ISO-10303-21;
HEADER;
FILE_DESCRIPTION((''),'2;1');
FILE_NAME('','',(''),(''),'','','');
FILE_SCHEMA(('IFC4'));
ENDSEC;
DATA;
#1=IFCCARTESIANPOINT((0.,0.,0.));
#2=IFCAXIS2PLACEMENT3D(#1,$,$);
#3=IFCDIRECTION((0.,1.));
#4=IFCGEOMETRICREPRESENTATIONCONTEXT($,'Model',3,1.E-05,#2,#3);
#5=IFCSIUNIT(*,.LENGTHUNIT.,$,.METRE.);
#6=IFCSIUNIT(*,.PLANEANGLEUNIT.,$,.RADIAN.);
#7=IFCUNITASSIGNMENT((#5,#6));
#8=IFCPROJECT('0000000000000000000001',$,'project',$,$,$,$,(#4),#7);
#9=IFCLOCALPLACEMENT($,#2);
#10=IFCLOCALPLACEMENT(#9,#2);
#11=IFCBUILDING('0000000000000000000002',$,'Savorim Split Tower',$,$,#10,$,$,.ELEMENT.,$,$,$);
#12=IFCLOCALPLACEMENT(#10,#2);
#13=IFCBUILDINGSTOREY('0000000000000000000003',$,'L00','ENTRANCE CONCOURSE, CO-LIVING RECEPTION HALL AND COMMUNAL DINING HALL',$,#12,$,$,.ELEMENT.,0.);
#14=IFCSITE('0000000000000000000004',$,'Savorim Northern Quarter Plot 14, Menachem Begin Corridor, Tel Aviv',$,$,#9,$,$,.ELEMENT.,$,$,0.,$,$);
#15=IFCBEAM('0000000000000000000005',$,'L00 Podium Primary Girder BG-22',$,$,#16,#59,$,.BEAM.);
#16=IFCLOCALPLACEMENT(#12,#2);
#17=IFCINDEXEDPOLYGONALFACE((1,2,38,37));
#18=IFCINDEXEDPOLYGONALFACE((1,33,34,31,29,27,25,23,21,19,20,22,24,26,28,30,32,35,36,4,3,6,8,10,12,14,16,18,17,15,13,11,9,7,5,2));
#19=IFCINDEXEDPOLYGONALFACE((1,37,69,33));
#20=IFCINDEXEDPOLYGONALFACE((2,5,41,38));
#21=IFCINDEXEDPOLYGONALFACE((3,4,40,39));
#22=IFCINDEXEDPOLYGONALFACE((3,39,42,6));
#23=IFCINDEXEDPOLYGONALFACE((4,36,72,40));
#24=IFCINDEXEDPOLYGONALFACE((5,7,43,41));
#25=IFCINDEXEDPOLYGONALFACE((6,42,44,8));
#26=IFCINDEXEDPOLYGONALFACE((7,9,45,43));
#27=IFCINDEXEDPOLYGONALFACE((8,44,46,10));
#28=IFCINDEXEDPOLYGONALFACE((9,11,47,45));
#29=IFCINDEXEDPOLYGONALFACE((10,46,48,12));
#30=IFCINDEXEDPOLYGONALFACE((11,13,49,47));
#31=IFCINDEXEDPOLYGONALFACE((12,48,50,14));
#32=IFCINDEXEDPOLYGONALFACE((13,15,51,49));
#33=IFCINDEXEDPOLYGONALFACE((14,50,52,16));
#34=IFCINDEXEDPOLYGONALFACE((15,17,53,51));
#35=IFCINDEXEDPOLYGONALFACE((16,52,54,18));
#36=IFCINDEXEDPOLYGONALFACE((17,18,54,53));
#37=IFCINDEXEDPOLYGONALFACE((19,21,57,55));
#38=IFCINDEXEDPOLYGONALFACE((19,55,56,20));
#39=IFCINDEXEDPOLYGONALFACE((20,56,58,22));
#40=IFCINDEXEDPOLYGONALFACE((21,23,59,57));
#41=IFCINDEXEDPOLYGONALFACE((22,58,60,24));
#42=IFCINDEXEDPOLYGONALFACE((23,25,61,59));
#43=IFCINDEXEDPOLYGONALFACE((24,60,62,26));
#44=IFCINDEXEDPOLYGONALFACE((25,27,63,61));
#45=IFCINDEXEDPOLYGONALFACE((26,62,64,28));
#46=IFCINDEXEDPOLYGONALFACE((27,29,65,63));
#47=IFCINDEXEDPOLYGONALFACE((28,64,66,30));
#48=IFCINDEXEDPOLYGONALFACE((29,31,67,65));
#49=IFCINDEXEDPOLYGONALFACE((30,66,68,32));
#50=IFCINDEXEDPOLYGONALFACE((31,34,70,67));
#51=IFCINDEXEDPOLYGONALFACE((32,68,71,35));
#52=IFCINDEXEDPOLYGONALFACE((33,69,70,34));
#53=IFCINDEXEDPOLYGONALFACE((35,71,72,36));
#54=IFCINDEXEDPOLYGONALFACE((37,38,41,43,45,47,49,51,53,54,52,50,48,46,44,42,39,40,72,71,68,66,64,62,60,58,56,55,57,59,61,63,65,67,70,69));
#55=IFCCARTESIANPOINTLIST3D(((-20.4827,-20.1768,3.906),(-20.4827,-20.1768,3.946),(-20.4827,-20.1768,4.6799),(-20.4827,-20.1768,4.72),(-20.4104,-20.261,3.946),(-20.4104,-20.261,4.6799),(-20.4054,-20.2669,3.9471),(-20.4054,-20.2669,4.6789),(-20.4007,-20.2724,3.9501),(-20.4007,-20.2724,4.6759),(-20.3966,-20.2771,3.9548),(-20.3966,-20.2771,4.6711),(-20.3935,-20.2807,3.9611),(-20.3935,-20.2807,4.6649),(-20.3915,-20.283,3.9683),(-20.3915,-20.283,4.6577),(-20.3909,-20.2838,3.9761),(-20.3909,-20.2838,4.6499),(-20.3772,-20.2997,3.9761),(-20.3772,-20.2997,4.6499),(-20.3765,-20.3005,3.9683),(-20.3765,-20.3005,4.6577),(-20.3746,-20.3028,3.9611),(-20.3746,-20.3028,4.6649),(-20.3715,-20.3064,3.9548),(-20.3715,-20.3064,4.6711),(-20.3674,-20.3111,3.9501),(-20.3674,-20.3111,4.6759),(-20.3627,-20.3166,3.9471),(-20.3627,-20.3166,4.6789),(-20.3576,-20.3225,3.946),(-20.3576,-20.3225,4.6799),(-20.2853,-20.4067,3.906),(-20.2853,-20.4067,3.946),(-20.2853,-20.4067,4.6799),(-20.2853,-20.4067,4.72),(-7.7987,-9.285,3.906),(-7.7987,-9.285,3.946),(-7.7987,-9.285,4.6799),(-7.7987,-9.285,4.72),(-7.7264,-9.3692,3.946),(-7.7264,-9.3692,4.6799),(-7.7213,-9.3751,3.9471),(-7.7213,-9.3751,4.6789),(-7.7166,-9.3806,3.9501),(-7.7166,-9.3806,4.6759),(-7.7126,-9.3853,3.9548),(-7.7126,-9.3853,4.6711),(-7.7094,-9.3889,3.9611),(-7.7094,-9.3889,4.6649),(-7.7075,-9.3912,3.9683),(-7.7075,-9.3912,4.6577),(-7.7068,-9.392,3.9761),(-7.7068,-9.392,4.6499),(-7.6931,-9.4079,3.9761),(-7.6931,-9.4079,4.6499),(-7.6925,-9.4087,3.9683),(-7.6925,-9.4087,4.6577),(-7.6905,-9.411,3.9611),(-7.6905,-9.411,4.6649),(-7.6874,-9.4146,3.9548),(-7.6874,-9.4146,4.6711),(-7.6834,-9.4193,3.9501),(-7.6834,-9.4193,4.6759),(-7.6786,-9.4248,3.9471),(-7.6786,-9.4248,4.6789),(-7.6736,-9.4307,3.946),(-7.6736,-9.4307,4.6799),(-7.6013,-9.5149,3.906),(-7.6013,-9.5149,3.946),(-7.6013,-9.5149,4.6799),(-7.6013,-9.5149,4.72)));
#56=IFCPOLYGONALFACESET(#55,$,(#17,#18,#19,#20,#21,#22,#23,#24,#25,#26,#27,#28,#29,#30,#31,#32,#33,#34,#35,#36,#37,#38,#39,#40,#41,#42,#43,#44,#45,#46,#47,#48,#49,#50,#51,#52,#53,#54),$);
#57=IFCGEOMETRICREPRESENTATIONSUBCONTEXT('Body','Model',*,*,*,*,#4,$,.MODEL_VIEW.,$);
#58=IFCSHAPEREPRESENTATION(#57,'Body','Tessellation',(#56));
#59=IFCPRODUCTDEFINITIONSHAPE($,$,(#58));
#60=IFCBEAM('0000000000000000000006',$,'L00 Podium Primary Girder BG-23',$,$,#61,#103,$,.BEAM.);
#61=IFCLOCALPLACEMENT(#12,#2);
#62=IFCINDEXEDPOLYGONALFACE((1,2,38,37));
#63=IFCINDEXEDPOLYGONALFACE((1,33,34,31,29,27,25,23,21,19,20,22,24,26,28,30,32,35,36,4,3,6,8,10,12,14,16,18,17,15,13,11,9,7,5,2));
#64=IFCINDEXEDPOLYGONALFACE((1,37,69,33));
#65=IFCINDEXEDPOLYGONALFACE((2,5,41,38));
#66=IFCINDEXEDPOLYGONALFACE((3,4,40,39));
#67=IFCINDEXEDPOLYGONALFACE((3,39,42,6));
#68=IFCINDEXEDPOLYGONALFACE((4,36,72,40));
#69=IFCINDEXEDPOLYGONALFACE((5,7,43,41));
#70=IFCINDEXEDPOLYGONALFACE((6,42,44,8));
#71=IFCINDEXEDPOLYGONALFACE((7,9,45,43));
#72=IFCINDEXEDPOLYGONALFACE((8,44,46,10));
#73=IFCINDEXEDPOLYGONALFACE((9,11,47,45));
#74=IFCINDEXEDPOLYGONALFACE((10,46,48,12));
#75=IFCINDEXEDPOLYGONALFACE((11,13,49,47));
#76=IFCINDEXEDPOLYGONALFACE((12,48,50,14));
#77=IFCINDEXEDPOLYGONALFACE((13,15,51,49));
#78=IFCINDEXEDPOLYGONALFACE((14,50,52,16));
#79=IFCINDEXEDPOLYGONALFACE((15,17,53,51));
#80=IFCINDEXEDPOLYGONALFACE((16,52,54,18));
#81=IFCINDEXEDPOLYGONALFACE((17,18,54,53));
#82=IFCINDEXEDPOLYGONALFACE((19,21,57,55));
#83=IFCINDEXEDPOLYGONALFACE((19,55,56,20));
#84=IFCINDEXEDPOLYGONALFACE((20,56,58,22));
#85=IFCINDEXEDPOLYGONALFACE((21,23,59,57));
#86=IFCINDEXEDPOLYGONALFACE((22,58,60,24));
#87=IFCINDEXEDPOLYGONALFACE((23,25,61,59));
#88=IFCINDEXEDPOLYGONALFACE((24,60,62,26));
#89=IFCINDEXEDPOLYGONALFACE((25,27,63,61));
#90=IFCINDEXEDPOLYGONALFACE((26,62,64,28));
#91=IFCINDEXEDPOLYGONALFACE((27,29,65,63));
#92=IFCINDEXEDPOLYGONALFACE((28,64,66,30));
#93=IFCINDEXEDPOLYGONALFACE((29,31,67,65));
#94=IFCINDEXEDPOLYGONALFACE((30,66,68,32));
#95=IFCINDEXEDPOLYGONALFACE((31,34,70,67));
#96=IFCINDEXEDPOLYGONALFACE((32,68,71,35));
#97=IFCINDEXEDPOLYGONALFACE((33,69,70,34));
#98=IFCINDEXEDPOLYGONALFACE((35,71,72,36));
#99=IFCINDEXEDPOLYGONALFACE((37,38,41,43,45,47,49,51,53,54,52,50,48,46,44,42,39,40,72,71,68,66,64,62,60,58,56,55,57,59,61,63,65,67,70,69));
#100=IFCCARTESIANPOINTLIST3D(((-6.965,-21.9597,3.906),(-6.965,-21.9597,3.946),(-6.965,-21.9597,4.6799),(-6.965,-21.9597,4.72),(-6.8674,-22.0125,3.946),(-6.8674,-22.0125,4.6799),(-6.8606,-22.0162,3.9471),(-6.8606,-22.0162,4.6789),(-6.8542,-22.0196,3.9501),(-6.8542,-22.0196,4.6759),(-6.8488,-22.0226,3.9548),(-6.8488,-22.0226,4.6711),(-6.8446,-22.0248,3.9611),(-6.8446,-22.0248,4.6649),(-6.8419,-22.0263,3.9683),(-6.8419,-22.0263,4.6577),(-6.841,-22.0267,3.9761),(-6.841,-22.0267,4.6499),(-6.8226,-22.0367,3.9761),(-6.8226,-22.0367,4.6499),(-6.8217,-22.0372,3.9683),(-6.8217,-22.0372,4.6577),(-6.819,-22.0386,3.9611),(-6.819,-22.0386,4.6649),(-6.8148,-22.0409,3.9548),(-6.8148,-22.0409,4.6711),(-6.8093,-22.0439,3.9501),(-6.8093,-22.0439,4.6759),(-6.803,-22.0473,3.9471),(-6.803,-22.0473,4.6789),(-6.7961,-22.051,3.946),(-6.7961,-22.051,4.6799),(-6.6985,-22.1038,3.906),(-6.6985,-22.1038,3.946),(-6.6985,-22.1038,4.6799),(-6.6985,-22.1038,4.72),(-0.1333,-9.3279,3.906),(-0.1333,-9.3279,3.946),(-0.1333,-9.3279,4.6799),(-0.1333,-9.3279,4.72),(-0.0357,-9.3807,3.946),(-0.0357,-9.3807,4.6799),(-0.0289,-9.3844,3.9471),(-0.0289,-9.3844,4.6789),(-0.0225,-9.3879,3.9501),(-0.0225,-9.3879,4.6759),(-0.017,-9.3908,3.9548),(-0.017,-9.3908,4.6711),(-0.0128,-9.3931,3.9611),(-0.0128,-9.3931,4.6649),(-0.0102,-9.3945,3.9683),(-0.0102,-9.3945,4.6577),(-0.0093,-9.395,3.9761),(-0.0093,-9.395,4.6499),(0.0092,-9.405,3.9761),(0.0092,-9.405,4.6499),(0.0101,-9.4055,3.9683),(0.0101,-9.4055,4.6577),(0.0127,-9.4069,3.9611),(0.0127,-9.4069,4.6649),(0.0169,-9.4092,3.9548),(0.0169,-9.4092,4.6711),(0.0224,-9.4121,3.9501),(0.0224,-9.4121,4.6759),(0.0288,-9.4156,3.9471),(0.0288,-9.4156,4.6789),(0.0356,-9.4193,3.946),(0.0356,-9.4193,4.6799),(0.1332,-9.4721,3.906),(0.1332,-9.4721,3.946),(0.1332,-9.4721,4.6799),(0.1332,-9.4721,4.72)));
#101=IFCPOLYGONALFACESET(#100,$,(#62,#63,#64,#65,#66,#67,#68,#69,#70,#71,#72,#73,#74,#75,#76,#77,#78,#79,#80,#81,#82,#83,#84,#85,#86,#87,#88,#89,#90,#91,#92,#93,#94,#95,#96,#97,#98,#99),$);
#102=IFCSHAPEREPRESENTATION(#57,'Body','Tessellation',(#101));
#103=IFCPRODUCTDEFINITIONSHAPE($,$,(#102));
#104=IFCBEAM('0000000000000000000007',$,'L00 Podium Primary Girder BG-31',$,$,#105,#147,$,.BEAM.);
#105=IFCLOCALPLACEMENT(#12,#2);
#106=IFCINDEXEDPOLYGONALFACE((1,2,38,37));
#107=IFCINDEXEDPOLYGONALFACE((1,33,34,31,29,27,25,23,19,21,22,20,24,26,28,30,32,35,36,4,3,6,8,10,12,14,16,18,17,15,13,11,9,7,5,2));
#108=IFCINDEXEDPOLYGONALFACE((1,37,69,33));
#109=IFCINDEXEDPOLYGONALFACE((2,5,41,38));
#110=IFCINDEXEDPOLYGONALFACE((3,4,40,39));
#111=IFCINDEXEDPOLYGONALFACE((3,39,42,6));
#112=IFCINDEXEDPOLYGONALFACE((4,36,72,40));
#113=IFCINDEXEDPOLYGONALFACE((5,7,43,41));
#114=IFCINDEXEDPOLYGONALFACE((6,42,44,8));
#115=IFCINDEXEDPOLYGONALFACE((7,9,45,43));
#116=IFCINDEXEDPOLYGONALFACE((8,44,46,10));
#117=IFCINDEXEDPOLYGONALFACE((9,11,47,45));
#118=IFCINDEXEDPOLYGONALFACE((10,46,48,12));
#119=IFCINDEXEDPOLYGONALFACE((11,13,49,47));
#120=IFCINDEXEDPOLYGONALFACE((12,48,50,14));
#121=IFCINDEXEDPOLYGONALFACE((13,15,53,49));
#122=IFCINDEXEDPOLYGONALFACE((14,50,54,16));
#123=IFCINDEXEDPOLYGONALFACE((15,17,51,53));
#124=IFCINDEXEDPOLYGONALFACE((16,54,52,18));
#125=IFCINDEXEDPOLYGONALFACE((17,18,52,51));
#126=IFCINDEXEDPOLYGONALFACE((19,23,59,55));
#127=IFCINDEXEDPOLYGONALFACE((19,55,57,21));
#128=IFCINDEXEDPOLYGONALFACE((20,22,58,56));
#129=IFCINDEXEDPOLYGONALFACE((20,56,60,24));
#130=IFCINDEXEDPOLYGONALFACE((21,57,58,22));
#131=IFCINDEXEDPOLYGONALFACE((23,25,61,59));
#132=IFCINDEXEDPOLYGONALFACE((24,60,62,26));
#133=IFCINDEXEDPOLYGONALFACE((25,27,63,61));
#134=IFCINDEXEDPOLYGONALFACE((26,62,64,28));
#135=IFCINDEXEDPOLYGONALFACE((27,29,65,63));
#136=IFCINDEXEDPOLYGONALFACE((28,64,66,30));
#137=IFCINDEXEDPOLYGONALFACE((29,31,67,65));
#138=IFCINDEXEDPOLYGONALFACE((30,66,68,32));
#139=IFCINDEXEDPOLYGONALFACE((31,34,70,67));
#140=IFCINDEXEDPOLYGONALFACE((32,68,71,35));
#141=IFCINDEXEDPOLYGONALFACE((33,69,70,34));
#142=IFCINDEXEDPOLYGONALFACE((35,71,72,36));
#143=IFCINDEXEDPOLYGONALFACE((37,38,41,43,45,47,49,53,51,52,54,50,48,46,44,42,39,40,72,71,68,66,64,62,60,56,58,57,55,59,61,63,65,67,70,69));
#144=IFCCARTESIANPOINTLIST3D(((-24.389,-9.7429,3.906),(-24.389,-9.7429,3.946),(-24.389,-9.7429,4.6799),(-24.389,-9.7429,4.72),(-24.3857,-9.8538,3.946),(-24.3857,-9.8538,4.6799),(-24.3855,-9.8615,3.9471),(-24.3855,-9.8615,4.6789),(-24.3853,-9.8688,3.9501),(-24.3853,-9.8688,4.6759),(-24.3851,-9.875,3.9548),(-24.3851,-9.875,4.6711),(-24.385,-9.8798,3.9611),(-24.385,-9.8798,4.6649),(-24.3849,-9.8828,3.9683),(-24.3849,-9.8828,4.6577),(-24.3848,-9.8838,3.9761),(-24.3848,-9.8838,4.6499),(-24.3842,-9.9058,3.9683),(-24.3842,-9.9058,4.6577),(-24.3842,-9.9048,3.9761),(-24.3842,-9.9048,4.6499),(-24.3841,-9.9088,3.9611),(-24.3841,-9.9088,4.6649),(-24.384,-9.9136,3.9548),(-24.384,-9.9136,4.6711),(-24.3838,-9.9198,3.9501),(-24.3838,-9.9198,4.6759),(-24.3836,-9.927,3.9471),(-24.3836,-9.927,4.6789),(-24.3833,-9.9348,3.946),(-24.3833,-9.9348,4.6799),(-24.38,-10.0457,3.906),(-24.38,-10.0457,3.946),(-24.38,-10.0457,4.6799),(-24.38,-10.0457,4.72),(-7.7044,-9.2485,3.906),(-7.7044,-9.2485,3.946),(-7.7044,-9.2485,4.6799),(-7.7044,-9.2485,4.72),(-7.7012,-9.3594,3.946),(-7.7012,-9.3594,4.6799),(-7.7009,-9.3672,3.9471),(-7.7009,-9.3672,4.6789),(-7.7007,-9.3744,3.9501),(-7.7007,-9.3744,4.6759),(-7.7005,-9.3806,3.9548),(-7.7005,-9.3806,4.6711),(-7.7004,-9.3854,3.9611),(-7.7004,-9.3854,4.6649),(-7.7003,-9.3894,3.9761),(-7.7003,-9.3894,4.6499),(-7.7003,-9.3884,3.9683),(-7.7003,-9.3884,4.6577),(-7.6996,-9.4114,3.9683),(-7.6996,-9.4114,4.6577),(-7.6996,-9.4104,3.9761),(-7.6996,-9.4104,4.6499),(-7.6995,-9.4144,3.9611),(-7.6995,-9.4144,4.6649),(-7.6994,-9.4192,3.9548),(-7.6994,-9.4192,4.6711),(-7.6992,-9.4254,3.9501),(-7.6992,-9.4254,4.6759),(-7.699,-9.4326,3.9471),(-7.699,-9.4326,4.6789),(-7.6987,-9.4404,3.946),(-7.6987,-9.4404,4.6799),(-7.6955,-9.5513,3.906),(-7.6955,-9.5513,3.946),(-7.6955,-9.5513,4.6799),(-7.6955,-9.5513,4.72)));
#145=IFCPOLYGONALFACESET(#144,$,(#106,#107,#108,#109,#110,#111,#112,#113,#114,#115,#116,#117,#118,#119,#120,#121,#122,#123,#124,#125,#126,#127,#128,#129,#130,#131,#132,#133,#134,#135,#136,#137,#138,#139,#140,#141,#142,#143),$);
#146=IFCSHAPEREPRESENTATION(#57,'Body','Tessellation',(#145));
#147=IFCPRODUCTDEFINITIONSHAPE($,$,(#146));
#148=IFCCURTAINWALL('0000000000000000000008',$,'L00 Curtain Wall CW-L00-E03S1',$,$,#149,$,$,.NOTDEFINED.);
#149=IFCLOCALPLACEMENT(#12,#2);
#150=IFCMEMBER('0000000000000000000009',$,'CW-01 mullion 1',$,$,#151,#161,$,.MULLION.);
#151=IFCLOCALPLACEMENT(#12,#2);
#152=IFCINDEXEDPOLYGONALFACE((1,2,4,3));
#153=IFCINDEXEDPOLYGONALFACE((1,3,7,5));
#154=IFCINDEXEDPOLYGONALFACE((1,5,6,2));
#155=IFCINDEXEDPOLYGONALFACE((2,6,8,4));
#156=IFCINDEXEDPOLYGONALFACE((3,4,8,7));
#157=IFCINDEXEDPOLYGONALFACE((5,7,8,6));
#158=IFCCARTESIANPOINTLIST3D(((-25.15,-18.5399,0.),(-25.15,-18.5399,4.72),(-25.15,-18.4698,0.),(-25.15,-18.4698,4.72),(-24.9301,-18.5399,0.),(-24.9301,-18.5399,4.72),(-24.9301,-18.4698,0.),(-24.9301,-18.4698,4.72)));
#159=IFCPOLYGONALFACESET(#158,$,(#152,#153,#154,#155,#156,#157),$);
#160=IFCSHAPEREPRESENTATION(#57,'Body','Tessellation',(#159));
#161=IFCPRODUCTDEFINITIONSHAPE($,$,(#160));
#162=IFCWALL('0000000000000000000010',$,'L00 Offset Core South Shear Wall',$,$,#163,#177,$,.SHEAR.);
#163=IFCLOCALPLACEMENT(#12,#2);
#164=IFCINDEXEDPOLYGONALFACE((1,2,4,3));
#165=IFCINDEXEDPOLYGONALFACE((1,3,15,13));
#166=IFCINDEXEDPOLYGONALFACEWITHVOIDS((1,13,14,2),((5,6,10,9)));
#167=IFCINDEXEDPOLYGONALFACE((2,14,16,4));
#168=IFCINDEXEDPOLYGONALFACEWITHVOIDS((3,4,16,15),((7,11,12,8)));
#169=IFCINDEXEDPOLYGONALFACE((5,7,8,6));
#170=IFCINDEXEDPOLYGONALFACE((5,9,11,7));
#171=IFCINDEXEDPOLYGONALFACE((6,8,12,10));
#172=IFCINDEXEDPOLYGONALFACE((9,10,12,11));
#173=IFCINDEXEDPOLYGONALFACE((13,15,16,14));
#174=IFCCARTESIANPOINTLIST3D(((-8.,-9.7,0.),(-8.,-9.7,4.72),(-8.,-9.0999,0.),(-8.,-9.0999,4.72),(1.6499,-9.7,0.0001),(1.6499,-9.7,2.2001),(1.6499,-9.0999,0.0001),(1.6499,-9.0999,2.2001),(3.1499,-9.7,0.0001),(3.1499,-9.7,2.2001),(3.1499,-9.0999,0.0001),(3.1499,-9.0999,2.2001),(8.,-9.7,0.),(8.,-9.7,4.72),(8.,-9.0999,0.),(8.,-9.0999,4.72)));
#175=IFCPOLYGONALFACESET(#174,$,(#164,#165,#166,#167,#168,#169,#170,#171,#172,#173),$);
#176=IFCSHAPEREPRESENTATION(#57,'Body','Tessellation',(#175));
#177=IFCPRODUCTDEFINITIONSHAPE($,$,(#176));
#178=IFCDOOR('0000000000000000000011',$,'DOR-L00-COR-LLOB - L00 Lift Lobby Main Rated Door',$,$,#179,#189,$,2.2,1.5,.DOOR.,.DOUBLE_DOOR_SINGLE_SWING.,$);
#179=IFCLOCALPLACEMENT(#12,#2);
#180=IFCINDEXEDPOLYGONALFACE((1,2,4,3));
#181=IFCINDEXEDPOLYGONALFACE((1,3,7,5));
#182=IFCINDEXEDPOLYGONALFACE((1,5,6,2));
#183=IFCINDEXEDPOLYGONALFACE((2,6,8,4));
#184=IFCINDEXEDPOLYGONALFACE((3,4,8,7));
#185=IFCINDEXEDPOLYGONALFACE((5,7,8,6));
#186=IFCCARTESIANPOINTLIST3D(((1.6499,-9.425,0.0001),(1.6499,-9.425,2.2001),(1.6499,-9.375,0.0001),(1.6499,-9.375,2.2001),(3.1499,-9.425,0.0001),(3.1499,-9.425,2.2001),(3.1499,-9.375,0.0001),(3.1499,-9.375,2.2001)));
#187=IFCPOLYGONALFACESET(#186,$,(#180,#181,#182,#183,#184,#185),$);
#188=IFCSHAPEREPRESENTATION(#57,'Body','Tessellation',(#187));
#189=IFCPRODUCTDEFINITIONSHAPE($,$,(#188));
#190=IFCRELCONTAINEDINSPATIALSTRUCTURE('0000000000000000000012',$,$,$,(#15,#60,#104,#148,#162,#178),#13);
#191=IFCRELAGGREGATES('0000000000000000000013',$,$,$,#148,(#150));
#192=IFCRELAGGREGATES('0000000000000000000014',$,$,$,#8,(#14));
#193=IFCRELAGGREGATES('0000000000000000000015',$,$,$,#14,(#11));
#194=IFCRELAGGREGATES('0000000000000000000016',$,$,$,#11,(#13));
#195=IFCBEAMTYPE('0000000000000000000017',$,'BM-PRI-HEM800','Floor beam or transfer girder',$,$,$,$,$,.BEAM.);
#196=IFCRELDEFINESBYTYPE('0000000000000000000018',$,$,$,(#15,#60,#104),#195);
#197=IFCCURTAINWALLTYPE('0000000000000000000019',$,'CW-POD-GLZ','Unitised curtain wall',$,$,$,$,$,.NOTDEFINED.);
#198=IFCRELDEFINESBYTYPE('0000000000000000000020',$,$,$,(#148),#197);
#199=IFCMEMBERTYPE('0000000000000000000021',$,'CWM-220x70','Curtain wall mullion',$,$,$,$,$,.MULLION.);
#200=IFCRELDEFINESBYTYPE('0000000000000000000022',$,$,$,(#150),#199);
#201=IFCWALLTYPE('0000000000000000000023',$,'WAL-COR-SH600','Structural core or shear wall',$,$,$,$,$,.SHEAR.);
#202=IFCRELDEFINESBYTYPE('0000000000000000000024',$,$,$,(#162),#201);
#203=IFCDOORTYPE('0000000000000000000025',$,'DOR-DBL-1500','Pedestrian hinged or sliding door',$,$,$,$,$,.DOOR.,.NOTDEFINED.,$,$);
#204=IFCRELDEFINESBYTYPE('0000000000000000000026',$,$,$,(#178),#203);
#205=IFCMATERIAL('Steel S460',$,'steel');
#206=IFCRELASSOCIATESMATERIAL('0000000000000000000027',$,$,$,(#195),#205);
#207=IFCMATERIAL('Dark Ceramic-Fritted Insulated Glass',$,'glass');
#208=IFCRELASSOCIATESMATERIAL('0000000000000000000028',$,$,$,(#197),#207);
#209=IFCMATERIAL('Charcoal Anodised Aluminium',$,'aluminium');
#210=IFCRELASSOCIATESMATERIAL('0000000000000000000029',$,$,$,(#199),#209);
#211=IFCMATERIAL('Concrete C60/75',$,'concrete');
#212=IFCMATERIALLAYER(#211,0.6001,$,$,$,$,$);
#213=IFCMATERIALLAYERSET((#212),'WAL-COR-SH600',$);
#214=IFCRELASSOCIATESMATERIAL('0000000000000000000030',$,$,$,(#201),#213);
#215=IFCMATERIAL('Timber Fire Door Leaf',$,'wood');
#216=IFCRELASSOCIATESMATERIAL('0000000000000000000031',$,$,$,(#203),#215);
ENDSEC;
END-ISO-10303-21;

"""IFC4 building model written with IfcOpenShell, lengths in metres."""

from ifc_helpers import new_model, si_unit, direction, frame, frame_2d, origin, origin_2d, place, context, subcontext, project, spatial, rectangle, i_section, extrude, material, layer, layer_set, material_profile, profile_set, type_object, element, fill, aggregate, save


model = new_model("IFC4")

# Units and contexts
model_context = context("Model", 3, precision=1e-05, world=origin(), true_north=direction((0.0, 1.0)))
body_context = subcontext(model_context, "Body", "Model", "MODEL_VIEW")
ifc_project = project(units=[si_unit("LENGTHUNIT", "METRE"), si_unit("PLANEANGLEUNIT", "RADIAN")], contexts=[model_context])

# Site, building, storey
site_placement = place(None, origin())
site = spatial("IfcSite", under=ifc_project, at=site_placement, Name="Savorim Northern Quarter Plot 14, Menachem Begin Corridor, Tel Aviv", CompositionType="ELEMENT", RefElevation=0.0)
building_placement = place(site_placement, origin())
building = spatial("IfcBuilding", under=site, at=building_placement, Name="Savorim Split Tower", CompositionType="ELEMENT")
storey_placement = place(building_placement, origin())
storey = spatial("IfcBuildingStorey", under=building, at=storey_placement, Name="L00", Description="ENTRANCE CONCOURSE, CO-LIVING RECEPTION HALL AND COMMUNAL DINING HALL", CompositionType="ELEMENT", Elevation=0.0)

# Shared definitions
ifc_material_1 = material(Name="Concrete C60/75", Category="concrete")

# Beams
ifc_material_2 = material(Name="Steel S460", Category="steel")
ifc_material_profile_1 = material_profile(ifc_material_2, i_section(OverallWidth=0.303, OverallDepth=0.814, WebThickness=0.021, FlangeThickness=0.04, FilletRadius=0.03, at=origin_2d()), Name="HE 800 M")
ifc_profile_set_1 = profile_set([ifc_material_profile_1], Name="Steel S460")
beam_type = type_object("IfcBeamType", Name="BM-PRI-HEM800", Description="Floor beam or transfer girder", PredefinedType="BEAM", material=ifc_profile_set_1)
beam_1_placement = place(storey_placement, frame((-20.384, -20.2917, 4.313), z_axis=(0.758672, 0.651473, 0.0), x_axis=(-0.651473, 0.758672, 0.0)))
element("IfcBeam", 1, at=beam_1_placement, inside=storey, type_object=beam_type, Name="L00 Podium Primary Girder BG-22", PredefinedType="BEAM", context=body_context, shape_type="SweptSolid", body=[
    extrude(i_section(OverallWidth=0.303, OverallDepth=0.814, WebThickness=0.021, FlangeThickness=0.04, FilletRadius=0.03, at=origin_2d()), origin(), (0.0, 0.0, 1.0), 16.7188),
])
beam_2_placement = place(storey_placement, frame((-6.8318, -22.0317, 4.313), z_axis=(0.47572, 0.879597, 0.0), x_axis=(-0.879597, 0.47572, 0.0)))
element("IfcBeam", 2, at=beam_2_placement, inside=storey, type_object=beam_type, Name="L00 Podium Primary Girder BG-23", PredefinedType="BEAM", context=body_context, shape_type="SweptSolid", body=[
    extrude(i_section(OverallWidth=0.303, OverallDepth=0.814, WebThickness=0.021, FlangeThickness=0.04, FilletRadius=0.03, at=origin_2d()), origin(), (0.0, 0.0, 1.0), 14.3608),
])
beam_3_placement = place(storey_placement, frame((-24.3845, -9.8943, 4.313), z_axis=(0.999561, 0.029618, 0.0), x_axis=(-0.029618, 0.999561, 0.0)))
element("IfcBeam", 3, at=beam_3_placement, inside=storey, type_object=beam_type, Name="L00 Podium Primary Girder BG-31", PredefinedType="BEAM", context=body_context, shape_type="SweptSolid", body=[
    extrude(i_section(OverallWidth=0.303, OverallDepth=0.814, WebThickness=0.021, FlangeThickness=0.04, FilletRadius=0.03, at=origin_2d()), origin(), (0.0, 0.0, 1.0), 16.6919),
])

# Curtain wall, member
ifc_material_3 = material(Name="Dark Ceramic-Fritted Insulated Glass", Category="glass")
curtain_wall_type = type_object("IfcCurtainWallType", Name="CW-POD-GLZ", Description="Unitised curtain wall", PredefinedType="NOTDEFINED", material=ifc_material_3)
curtain_wall_placement = place(storey_placement, origin())
curtain_wall = element("IfcCurtainWall", 4, at=curtain_wall_placement, inside=storey, type_object=curtain_wall_type, Name="L00 Curtain Wall CW-L00-E03S1", PredefinedType="NOTDEFINED")
ifc_material_4 = material(Name="Charcoal Anodised Aluminium", Category="aluminium")
ifc_material_profile_2 = material_profile(ifc_material_4, rectangle(XDim=0.22, YDim=0.0701, at=origin_2d()), Name="ALU-M 220x70")
ifc_profile_set_2 = profile_set([ifc_material_profile_2], Name="Charcoal Anodised Aluminium")
member_type = type_object("IfcMemberType", Name="CWM-220x70", Description="Curtain wall mullion", PredefinedType="MULLION", material=ifc_profile_set_2)
member_placement = place(storey_placement, frame((-25.04, -18.5049, 0.0), z_axis=(0.0, 0.0, 1.0), x_axis=(1.0, 0.0, 0.0)))
member = element("IfcMember", 5, at=member_placement, type_object=member_type, Name="CW-01 mullion 1", PredefinedType="MULLION", context=body_context, shape_type="SweptSolid", body=[
    extrude(rectangle(XDim=0.22, YDim=0.0701, at=origin_2d()), origin(), (0.0, 0.0, 1.0), 4.72),
])
aggregate(curtain_wall, [member])

# Wall, opening, door
ifc_layer_1 = layer(ifc_material_1, 0.6001)
ifc_layer_set_1 = layer_set([ifc_layer_1], Name="WAL-COR-SH600")
wall_type = type_object("IfcWallType", Name="WAL-COR-SH600", Description="Structural core or shear wall", PredefinedType="SHEAR", material=ifc_layer_set_1)
wall_1_placement = place(storey_placement, frame((-8.0, -9.3999, 0.0), z_axis=(0.0, 0.0, 1.0), x_axis=(1.0, 0.0, 0.0)))
wall_1 = element("IfcWall", 6, at=wall_1_placement, inside=storey, type_object=wall_type, Name="L00 Offset Core South Shear Wall", PredefinedType="SHEAR", context=body_context, shape_type="SweptSolid", body=[
    extrude(rectangle(XDim=16.0, YDim=0.6001, at=frame_2d((8.0, 0.0))), origin(), (0.0, 0.0, 1.0), 4.72),
])
opening_1_placement = place(wall_1_placement, frame((9.6499, 0.0, 0.0)))
opening_1 = element("IfcOpeningElement", 7, at=opening_1_placement, cuts=wall_1, PredefinedType="OPENING", context=body_context, shape_type="SweptSolid", body=[
    extrude(rectangle(XDim=1.5, YDim=2.2, at=frame_2d((0.75, 1.1001))), frame((0.0, 0.3101, 0.0), z_axis=(0.0, -1.0, 0.0), x_axis=(1.0, 0.0, 0.0)), (0.0, 0.0, 1.0), 0.6201),
])
ifc_material_5 = material(Name="Timber Fire Door Leaf", Category="wood")
door_type_1 = type_object("IfcDoorType", Name="DOR-DBL-1500", Description="Pedestrian hinged or sliding door", OperationType="NOTDEFINED", PredefinedType="DOOR", material=ifc_material_5)
door_1_placement = place(opening_1_placement, origin())
door_1 = element("IfcDoor", 8, at=door_1_placement, inside=storey, type_object=door_type_1, Name="DOR-L00-COR-LLOB - L00 Lift Lobby Main Rated Door", OperationType="DOUBLE_DOOR_SINGLE_SWING", OverallHeight=2.2, OverallWidth=1.5, PredefinedType="DOOR", context=body_context, shape_type="SweptSolid", body=[
    extrude(rectangle(XDim=1.5, YDim=2.2, at=frame_2d((0.75, 1.1001))), frame((0.0, 0.0249, 0.0), z_axis=(0.0, -1.0, 0.0), x_axis=(1.0, 0.0, 0.0)), (0.0, 0.0, 1.0), 0.05),
])
fill(opening_1, door_1)

save(model, "model.ifc")
